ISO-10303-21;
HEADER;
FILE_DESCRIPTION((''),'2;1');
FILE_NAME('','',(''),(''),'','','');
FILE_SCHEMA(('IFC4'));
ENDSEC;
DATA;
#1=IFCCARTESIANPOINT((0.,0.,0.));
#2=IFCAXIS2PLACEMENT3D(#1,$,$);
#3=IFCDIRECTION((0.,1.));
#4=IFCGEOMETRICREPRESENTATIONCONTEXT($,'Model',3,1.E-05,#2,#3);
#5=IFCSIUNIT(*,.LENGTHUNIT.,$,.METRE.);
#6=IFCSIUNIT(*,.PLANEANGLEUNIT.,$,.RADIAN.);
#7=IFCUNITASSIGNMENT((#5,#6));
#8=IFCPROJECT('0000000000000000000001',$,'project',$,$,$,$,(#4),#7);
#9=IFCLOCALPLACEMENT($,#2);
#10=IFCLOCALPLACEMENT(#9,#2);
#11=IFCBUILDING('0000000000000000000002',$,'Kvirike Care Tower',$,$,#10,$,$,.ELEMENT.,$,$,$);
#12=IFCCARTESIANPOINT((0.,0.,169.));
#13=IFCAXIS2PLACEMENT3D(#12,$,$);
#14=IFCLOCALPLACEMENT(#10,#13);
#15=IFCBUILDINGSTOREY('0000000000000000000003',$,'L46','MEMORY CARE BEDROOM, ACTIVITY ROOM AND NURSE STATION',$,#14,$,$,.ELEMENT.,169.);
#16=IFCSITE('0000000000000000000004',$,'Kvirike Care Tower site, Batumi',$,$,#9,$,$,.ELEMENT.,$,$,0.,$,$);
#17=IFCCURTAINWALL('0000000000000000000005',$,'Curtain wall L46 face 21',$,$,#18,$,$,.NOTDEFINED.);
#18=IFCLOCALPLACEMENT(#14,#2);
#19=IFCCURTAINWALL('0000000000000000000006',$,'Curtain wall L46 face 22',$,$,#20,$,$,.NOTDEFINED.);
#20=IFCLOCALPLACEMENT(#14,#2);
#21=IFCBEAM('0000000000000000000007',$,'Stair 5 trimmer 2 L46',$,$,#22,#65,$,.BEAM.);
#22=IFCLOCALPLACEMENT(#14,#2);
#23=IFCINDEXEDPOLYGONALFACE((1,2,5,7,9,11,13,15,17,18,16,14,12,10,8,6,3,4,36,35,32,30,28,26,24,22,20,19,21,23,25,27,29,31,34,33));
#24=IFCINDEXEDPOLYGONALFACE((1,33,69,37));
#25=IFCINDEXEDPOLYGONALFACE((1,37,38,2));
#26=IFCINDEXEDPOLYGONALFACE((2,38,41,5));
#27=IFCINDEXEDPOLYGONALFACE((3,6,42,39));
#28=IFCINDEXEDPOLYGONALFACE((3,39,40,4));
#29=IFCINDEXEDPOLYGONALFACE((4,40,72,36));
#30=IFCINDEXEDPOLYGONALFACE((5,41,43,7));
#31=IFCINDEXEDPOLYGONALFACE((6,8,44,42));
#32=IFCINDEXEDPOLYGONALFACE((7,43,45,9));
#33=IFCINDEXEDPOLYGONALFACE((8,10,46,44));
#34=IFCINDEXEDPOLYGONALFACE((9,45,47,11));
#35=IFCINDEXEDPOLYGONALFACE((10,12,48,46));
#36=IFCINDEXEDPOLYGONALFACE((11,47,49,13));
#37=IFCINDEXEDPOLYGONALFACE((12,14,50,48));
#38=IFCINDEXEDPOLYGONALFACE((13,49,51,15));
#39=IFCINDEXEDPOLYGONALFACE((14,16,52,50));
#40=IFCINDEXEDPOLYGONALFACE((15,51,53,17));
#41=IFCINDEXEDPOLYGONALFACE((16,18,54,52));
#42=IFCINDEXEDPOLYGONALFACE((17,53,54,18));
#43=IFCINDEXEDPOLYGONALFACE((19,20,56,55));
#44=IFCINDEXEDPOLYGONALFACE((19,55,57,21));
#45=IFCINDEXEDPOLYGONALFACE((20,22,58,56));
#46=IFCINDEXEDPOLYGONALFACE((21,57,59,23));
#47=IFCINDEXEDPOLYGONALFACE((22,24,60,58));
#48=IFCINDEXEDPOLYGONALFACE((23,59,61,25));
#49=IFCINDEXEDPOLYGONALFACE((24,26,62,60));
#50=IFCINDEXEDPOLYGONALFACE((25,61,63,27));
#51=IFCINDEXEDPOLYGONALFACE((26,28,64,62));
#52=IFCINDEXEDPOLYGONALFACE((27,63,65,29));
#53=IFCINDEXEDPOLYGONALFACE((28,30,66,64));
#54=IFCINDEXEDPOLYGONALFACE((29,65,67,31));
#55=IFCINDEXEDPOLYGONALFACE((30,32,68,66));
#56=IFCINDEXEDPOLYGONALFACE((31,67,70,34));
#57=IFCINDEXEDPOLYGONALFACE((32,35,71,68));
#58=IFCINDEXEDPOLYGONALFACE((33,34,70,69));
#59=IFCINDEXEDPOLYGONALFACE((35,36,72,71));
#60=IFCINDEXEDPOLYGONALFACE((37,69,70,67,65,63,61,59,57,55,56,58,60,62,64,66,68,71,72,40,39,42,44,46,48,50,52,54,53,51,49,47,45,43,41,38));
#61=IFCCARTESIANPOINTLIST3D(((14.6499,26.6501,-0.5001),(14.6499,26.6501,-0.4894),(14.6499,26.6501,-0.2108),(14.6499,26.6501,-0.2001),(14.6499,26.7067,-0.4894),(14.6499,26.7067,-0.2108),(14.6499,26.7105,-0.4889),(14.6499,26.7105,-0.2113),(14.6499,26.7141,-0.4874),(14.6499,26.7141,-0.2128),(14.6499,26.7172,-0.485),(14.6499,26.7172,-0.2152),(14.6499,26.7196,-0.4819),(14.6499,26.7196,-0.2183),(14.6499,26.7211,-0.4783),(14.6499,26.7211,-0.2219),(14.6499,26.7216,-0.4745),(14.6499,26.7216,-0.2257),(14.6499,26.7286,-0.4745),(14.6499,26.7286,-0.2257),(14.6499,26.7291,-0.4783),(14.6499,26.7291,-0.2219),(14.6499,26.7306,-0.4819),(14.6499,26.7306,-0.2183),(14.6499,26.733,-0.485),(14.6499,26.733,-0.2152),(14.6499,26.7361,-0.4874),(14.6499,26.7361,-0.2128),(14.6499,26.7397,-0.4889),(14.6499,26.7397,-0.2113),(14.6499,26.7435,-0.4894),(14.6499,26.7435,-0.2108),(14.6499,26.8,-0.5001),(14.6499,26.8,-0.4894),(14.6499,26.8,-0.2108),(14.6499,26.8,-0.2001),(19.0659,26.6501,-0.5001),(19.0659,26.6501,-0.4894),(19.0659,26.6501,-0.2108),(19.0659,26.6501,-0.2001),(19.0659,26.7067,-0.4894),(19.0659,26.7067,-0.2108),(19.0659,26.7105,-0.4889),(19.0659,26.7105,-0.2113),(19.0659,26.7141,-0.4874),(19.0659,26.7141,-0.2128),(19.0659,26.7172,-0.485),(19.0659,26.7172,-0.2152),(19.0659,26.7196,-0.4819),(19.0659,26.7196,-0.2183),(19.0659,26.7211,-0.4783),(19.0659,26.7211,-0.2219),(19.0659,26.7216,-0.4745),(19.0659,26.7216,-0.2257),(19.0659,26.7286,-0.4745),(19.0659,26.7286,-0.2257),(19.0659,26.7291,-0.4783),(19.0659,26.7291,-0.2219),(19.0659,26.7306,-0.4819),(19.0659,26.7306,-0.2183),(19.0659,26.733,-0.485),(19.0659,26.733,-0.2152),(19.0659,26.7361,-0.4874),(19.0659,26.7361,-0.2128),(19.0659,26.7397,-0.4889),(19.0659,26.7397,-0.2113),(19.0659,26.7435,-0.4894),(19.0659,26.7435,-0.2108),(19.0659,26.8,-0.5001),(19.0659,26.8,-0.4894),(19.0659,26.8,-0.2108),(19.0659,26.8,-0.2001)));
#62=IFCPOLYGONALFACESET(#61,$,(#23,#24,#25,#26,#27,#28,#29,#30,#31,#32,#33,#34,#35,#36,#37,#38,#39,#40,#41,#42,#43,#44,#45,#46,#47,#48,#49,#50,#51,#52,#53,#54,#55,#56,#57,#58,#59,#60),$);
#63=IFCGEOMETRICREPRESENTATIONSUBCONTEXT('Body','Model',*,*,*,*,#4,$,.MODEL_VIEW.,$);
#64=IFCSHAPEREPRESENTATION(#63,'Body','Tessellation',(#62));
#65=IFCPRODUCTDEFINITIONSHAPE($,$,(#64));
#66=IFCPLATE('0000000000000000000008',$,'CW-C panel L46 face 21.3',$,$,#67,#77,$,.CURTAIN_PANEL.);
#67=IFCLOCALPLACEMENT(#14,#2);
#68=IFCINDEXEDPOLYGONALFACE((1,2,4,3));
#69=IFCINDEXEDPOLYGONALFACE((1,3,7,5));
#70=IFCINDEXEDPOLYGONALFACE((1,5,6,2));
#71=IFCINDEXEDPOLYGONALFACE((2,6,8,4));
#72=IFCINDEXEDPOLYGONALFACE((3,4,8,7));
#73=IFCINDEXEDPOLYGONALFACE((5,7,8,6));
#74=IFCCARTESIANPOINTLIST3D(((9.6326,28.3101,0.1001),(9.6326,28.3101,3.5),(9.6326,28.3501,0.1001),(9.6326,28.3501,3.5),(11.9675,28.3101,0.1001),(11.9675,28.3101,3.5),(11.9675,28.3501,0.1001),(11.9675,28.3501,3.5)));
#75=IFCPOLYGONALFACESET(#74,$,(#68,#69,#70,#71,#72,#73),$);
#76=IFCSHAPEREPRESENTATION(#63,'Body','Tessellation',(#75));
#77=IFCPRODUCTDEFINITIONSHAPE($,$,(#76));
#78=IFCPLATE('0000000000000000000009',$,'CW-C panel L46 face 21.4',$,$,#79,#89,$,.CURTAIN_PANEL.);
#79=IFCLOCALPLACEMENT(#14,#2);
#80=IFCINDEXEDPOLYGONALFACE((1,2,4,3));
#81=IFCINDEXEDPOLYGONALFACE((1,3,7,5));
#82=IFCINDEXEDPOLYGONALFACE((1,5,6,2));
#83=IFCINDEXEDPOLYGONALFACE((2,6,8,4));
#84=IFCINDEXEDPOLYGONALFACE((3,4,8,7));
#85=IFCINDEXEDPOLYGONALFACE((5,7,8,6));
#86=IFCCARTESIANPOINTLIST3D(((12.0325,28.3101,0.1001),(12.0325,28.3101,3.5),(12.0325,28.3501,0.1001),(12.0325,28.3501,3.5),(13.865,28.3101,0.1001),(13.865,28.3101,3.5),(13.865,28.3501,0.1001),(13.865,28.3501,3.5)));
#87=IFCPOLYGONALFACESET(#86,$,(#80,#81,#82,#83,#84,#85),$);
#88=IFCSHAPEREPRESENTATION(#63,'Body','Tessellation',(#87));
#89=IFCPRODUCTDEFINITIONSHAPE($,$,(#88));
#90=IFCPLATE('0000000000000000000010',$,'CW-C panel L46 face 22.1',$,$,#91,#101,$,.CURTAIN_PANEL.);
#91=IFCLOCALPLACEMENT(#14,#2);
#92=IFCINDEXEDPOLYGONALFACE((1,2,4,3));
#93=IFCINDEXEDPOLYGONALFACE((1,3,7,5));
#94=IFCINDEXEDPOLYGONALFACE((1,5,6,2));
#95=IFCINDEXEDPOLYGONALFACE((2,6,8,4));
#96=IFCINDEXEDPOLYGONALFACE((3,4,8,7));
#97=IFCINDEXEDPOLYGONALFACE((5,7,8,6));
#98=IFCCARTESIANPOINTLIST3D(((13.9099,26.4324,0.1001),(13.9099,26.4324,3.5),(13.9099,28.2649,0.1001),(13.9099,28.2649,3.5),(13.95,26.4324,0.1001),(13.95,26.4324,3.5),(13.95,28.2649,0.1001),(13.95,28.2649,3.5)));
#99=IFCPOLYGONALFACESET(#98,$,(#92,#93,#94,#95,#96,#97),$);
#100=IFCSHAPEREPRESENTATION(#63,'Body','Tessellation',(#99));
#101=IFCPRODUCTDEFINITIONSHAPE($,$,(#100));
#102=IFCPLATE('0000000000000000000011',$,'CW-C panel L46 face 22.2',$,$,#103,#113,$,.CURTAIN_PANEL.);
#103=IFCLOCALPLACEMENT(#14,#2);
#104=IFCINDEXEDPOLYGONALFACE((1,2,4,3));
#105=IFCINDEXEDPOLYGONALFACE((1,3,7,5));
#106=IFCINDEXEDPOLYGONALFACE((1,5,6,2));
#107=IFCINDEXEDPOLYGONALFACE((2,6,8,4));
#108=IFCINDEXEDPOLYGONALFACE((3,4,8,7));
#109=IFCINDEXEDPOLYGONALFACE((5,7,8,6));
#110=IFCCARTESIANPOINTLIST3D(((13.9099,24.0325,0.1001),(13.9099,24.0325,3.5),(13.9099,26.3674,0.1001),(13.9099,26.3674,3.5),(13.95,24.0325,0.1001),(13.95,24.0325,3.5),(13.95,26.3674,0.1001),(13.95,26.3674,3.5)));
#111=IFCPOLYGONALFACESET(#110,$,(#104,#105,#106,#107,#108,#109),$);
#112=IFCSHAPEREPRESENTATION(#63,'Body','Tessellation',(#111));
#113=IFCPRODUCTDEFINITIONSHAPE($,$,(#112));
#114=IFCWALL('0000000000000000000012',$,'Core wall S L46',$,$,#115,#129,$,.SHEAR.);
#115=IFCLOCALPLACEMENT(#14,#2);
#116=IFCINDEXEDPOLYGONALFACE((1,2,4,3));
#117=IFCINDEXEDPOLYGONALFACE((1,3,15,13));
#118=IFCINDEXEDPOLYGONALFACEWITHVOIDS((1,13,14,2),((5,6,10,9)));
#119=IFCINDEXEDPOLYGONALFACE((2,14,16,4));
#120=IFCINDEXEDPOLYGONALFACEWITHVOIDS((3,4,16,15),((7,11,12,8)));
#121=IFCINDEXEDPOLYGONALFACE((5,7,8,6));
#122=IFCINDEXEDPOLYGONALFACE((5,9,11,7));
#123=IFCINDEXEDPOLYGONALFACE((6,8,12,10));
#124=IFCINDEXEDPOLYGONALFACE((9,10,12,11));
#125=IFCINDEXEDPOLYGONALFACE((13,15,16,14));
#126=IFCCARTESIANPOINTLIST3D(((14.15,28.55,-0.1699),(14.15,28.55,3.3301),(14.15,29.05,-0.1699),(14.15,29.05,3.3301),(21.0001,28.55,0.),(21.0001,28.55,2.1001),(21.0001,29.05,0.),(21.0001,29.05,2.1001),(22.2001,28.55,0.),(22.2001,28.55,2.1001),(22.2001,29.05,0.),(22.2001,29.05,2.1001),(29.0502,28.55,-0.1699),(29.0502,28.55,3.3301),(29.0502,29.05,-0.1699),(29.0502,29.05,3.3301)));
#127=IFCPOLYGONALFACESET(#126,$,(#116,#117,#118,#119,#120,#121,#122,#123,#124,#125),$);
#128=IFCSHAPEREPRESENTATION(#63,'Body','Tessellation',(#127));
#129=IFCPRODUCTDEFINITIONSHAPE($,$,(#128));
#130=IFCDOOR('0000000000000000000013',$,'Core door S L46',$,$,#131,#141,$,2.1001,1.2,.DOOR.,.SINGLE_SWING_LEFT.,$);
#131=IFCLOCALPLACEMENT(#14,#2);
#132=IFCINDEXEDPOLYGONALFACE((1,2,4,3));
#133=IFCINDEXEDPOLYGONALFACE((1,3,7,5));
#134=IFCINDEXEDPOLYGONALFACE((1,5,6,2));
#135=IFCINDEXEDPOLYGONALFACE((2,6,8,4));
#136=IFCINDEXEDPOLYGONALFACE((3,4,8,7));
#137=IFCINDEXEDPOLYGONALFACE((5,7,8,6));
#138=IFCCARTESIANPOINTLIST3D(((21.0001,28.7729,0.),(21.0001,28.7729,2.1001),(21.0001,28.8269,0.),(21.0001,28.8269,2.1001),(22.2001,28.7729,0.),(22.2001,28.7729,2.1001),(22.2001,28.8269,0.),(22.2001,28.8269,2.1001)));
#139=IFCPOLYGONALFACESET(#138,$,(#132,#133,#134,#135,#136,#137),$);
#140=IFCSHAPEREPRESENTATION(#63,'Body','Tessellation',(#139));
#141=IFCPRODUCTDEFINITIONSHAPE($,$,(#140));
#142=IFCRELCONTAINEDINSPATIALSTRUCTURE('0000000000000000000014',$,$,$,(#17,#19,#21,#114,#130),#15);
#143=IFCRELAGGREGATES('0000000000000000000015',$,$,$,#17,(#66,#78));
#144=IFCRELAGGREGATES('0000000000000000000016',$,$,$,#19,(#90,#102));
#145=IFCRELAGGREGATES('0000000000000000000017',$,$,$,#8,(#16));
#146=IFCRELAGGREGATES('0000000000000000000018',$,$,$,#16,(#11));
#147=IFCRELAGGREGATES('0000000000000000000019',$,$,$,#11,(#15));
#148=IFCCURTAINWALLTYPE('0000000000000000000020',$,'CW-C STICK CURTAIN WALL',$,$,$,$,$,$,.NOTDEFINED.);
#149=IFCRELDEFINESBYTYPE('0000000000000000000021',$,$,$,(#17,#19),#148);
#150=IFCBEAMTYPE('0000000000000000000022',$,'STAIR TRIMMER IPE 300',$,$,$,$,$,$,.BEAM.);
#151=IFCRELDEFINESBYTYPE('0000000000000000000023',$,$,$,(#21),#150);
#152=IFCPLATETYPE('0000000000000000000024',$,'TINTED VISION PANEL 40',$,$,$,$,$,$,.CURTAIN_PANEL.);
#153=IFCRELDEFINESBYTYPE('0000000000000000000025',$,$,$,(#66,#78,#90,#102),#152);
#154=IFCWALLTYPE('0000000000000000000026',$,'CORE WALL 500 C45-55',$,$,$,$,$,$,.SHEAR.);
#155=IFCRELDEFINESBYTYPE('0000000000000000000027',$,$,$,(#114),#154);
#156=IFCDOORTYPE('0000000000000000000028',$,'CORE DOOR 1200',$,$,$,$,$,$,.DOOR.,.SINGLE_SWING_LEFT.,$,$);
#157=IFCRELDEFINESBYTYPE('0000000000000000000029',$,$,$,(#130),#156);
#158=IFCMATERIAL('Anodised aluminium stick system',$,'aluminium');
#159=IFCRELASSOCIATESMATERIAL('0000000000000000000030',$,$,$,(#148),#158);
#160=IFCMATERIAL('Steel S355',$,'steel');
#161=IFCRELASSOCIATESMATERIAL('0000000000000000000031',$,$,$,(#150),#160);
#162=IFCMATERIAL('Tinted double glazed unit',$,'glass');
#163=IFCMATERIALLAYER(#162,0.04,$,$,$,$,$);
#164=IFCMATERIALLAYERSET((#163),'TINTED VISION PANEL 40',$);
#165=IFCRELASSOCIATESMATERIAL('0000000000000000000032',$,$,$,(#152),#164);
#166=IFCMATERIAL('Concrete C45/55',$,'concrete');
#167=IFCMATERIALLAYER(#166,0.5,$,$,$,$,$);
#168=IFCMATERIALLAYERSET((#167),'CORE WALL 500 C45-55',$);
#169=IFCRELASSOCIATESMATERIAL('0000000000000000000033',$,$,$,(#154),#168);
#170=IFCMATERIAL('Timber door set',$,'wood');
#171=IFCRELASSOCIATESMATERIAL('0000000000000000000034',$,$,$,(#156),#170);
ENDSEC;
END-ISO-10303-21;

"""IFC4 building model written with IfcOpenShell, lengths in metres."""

from ifc_helpers import new_model, si_unit, direction, frame, frame_2d, origin, origin_2d, place, context, subcontext, project, spatial, rectangle, i_section, extrude, material, layer, layer_set, material_profile, profile_set, type_object, element, fill, aggregate, save


model = new_model("IFC4")

# Units and contexts
model_context = context("Model", 3, precision=1e-05, world=origin(), true_north=direction((0.0, 1.0)))
body_context = subcontext(model_context, "Body", "Model", "MODEL_VIEW")
ifc_project = project(units=[si_unit("LENGTHUNIT", "METRE"), si_unit("PLANEANGLEUNIT", "RADIAN")], contexts=[model_context])

# Site, building, storey
site_placement = place(None, origin())
site = spatial("IfcSite", under=ifc_project, at=site_placement, Name="Kvirike Care Tower site, Batumi", CompositionType="ELEMENT", RefElevation=0.0)
building_placement = place(site_placement, origin())
building = spatial("IfcBuilding", under=site, at=building_placement, Name="Kvirike Care Tower", CompositionType="ELEMENT")
storey_placement = place(building_placement, frame((0.0, 0.0, 169.0)))
storey = spatial("IfcBuildingStorey", under=building, at=storey_placement, Name="L46", Description="MEMORY CARE BEDROOM, ACTIVITY ROOM AND NURSE STATION", CompositionType="ELEMENT", Elevation=169.0)

# Curtain walls
ifc_material_1 = material(Name="Anodised aluminium stick system", Category="aluminium")
curtain_wall_type = type_object("IfcCurtainWallType", Name="CW-C STICK CURTAIN WALL", PredefinedType="NOTDEFINED", material=ifc_material_1)
curtain_wall_1_placement = place(storey_placement, origin())
curtain_wall_1 = element("IfcCurtainWall", 1, at=curtain_wall_1_placement, inside=storey, type_object=curtain_wall_type, Name="Curtain wall L46 face 21", PredefinedType="NOTDEFINED")
curtain_wall_2_placement = place(storey_placement, origin())
curtain_wall_2 = element("IfcCurtainWall", 2, at=curtain_wall_2_placement, inside=storey, type_object=curtain_wall_type, Name="Curtain wall L46 face 22", PredefinedType="NOTDEFINED")

# Beam
ifc_material_2 = material(Name="Steel S355", Category="steel")
ifc_material_profile_1 = material_profile(ifc_material_2, i_section(OverallWidth=0.1499, OverallDepth=0.3, WebThickness=0.0071, FlangeThickness=0.0107, FilletRadius=0.0149, at=origin_2d()), Name="IPE 300")
ifc_profile_set_1 = profile_set([ifc_material_profile_1], Name="Steel S355")
beam_type_1 = type_object("IfcBeamType", Name="STAIR TRIMMER IPE 300", PredefinedType="BEAM", material=ifc_profile_set_1)
for number, where, z_axis, x_axis, name in (
    (3, (14.6499, 26.7251, -0.3501), (1.0, 0.0, 0.0), (0.0, 1.0, 0.0), "Stair 5 trimmer 2 L46"),
):
    element("IfcBeam", number, at=place(storey_placement, frame(where, z_axis=z_axis, x_axis=x_axis)), inside=storey, type_object=beam_type_1, Name=name, PredefinedType="BEAM", context=body_context, shape_type="SweptSolid", body=[
        extrude(i_section(OverallWidth=0.1499, OverallDepth=0.3, WebThickness=0.0071, FlangeThickness=0.0107, FilletRadius=0.0149, at=origin_2d()), origin(), (0.0, 0.0, 1.0), 4.416),
    ])

# Plates
ifc_material_3 = material(Name="Tinted double glazed unit", Category="glass")
ifc_layer_1 = layer(ifc_material_3, 0.04)
ifc_layer_set_1 = layer_set([ifc_layer_1], Name="TINTED VISION PANEL 40")
plate_type = type_object("IfcPlateType", Name="TINTED VISION PANEL 40", PredefinedType="CURTAIN_PANEL", material=ifc_layer_set_1)
plate_1_placement = place(storey_placement, frame((10.8, 28.3301, 0.1001), z_axis=(0.0, 0.0, 1.0), x_axis=(1.0, 0.0, 0.0)))
plate_1 = element("IfcPlate", 4, at=plate_1_placement, type_object=plate_type, Name="CW-C panel L46 face 21.3", PredefinedType="CURTAIN_PANEL", context=body_context, shape_type="SweptSolid", body=[
    extrude(rectangle(XDim=2.335, YDim=0.04, at=origin_2d()), origin(), (0.0, 0.0, 1.0), 3.3999),
])
plate_2_placement = place(storey_placement, frame((12.9487, 28.3301, 0.1001), z_axis=(0.0, 0.0, 1.0), x_axis=(1.0, 0.0, 0.0)))
plate_2 = element("IfcPlate", 5, at=plate_2_placement, type_object=plate_type, Name="CW-C panel L46 face 21.4", PredefinedType="CURTAIN_PANEL", context=body_context, shape_type="SweptSolid", body=[
    extrude(rectangle(XDim=1.8325, YDim=0.04, at=origin_2d()), origin(), (0.0, 0.0, 1.0), 3.3999),
])
aggregate(curtain_wall_1, [plate_1, plate_2])
plate_3_placement = place(storey_placement, frame((13.9299, 27.3486, 0.1001), z_axis=(0.0, 0.0, 1.0), x_axis=(0.0, -1.0, 0.0)))
plate_3 = element("IfcPlate", 6, at=plate_3_placement, type_object=plate_type, Name="CW-C panel L46 face 22.1", PredefinedType="CURTAIN_PANEL", context=body_context, shape_type="SweptSolid", body=[
    extrude(rectangle(XDim=1.8325, YDim=0.04, at=origin_2d()), origin(), (0.0, 0.0, 1.0), 3.3999),
])
plate_4_placement = place(storey_placement, frame((13.9299, 25.2, 0.1001), z_axis=(0.0, 0.0, 1.0), x_axis=(0.0, -1.0, 0.0)))
plate_4 = element("IfcPlate", 7, at=plate_4_placement, type_object=plate_type, Name="CW-C panel L46 face 22.2", PredefinedType="CURTAIN_PANEL", context=body_context, shape_type="SweptSolid", body=[
    extrude(rectangle(XDim=2.335, YDim=0.04, at=origin_2d()), origin(), (0.0, 0.0, 1.0), 3.3999),
])
aggregate(curtain_wall_2, [plate_3, plate_4])

# Wall, opening, door
ifc_material_4 = material(Name="Concrete C45/55", Category="concrete")
ifc_layer_2 = layer(ifc_material_4, 0.5)
ifc_layer_set_2 = layer_set([ifc_layer_2], Name="CORE WALL 500 C45-55")
wall_type_1 = type_object("IfcWallType", Name="CORE WALL 500 C45-55", PredefinedType="SHEAR", material=ifc_layer_set_2)
wall_1_placement = place(storey_placement, frame((14.1499, 28.8, -0.1699), z_axis=(0.0, 0.0, 1.0), x_axis=(1.0, 0.0, 0.0)))
wall_1 = element("IfcWall", 8, at=wall_1_placement, inside=storey, type_object=wall_type_1, Name="Core wall S L46", PredefinedType="SHEAR", context=body_context, shape_type="SweptSolid", body=[
    extrude(rectangle(XDim=14.9001, YDim=0.5, at=frame_2d((7.4502, 0.0))), origin(), (0.0, 0.0, 1.0), 3.5),
])
opening_1_placement = place(wall_1_placement, frame((6.8501, 0.0, 0.1699)))
opening_1 = element("IfcOpeningElement", 9, at=opening_1_placement, cuts=wall_1, PredefinedType="OPENING", context=body_context, shape_type="SweptSolid", body=[
    extrude(rectangle(XDim=1.2, YDim=2.1001, at=frame_2d((0.6001, 1.05))), frame((0.0, 0.2605, 0.0), z_axis=(0.0, -1.0, 0.0), x_axis=(1.0, 0.0, 0.0)), (0.0, 0.0, 1.0), 0.521),
])
ifc_material_5 = material(Name="Timber door set", Category="wood")
door_type_1 = type_object("IfcDoorType", Name="CORE DOOR 1200", OperationType="SINGLE_SWING_LEFT", PredefinedType="DOOR", material=ifc_material_5)
door_1_placement = place(opening_1_placement, origin())
door_1 = element("IfcDoor", 10, at=door_1_placement, inside=storey, type_object=door_type_1, Name="Core door S L46", OperationType="SINGLE_SWING_LEFT", OverallHeight=2.1001, OverallWidth=1.2, PredefinedType="DOOR", context=body_context, shape_type="SweptSolid", body=[
    extrude(rectangle(XDim=1.2, YDim=2.1001, at=frame_2d((0.6001, 1.05))), frame((0.0, 0.0269, 0.0), z_axis=(0.0, -1.0, 0.0), x_axis=(1.0, 0.0, 0.0)), (0.0, 0.0, 1.0), 0.054),
])
fill(opening_1, door_1)

save(model, "model.ifc")
